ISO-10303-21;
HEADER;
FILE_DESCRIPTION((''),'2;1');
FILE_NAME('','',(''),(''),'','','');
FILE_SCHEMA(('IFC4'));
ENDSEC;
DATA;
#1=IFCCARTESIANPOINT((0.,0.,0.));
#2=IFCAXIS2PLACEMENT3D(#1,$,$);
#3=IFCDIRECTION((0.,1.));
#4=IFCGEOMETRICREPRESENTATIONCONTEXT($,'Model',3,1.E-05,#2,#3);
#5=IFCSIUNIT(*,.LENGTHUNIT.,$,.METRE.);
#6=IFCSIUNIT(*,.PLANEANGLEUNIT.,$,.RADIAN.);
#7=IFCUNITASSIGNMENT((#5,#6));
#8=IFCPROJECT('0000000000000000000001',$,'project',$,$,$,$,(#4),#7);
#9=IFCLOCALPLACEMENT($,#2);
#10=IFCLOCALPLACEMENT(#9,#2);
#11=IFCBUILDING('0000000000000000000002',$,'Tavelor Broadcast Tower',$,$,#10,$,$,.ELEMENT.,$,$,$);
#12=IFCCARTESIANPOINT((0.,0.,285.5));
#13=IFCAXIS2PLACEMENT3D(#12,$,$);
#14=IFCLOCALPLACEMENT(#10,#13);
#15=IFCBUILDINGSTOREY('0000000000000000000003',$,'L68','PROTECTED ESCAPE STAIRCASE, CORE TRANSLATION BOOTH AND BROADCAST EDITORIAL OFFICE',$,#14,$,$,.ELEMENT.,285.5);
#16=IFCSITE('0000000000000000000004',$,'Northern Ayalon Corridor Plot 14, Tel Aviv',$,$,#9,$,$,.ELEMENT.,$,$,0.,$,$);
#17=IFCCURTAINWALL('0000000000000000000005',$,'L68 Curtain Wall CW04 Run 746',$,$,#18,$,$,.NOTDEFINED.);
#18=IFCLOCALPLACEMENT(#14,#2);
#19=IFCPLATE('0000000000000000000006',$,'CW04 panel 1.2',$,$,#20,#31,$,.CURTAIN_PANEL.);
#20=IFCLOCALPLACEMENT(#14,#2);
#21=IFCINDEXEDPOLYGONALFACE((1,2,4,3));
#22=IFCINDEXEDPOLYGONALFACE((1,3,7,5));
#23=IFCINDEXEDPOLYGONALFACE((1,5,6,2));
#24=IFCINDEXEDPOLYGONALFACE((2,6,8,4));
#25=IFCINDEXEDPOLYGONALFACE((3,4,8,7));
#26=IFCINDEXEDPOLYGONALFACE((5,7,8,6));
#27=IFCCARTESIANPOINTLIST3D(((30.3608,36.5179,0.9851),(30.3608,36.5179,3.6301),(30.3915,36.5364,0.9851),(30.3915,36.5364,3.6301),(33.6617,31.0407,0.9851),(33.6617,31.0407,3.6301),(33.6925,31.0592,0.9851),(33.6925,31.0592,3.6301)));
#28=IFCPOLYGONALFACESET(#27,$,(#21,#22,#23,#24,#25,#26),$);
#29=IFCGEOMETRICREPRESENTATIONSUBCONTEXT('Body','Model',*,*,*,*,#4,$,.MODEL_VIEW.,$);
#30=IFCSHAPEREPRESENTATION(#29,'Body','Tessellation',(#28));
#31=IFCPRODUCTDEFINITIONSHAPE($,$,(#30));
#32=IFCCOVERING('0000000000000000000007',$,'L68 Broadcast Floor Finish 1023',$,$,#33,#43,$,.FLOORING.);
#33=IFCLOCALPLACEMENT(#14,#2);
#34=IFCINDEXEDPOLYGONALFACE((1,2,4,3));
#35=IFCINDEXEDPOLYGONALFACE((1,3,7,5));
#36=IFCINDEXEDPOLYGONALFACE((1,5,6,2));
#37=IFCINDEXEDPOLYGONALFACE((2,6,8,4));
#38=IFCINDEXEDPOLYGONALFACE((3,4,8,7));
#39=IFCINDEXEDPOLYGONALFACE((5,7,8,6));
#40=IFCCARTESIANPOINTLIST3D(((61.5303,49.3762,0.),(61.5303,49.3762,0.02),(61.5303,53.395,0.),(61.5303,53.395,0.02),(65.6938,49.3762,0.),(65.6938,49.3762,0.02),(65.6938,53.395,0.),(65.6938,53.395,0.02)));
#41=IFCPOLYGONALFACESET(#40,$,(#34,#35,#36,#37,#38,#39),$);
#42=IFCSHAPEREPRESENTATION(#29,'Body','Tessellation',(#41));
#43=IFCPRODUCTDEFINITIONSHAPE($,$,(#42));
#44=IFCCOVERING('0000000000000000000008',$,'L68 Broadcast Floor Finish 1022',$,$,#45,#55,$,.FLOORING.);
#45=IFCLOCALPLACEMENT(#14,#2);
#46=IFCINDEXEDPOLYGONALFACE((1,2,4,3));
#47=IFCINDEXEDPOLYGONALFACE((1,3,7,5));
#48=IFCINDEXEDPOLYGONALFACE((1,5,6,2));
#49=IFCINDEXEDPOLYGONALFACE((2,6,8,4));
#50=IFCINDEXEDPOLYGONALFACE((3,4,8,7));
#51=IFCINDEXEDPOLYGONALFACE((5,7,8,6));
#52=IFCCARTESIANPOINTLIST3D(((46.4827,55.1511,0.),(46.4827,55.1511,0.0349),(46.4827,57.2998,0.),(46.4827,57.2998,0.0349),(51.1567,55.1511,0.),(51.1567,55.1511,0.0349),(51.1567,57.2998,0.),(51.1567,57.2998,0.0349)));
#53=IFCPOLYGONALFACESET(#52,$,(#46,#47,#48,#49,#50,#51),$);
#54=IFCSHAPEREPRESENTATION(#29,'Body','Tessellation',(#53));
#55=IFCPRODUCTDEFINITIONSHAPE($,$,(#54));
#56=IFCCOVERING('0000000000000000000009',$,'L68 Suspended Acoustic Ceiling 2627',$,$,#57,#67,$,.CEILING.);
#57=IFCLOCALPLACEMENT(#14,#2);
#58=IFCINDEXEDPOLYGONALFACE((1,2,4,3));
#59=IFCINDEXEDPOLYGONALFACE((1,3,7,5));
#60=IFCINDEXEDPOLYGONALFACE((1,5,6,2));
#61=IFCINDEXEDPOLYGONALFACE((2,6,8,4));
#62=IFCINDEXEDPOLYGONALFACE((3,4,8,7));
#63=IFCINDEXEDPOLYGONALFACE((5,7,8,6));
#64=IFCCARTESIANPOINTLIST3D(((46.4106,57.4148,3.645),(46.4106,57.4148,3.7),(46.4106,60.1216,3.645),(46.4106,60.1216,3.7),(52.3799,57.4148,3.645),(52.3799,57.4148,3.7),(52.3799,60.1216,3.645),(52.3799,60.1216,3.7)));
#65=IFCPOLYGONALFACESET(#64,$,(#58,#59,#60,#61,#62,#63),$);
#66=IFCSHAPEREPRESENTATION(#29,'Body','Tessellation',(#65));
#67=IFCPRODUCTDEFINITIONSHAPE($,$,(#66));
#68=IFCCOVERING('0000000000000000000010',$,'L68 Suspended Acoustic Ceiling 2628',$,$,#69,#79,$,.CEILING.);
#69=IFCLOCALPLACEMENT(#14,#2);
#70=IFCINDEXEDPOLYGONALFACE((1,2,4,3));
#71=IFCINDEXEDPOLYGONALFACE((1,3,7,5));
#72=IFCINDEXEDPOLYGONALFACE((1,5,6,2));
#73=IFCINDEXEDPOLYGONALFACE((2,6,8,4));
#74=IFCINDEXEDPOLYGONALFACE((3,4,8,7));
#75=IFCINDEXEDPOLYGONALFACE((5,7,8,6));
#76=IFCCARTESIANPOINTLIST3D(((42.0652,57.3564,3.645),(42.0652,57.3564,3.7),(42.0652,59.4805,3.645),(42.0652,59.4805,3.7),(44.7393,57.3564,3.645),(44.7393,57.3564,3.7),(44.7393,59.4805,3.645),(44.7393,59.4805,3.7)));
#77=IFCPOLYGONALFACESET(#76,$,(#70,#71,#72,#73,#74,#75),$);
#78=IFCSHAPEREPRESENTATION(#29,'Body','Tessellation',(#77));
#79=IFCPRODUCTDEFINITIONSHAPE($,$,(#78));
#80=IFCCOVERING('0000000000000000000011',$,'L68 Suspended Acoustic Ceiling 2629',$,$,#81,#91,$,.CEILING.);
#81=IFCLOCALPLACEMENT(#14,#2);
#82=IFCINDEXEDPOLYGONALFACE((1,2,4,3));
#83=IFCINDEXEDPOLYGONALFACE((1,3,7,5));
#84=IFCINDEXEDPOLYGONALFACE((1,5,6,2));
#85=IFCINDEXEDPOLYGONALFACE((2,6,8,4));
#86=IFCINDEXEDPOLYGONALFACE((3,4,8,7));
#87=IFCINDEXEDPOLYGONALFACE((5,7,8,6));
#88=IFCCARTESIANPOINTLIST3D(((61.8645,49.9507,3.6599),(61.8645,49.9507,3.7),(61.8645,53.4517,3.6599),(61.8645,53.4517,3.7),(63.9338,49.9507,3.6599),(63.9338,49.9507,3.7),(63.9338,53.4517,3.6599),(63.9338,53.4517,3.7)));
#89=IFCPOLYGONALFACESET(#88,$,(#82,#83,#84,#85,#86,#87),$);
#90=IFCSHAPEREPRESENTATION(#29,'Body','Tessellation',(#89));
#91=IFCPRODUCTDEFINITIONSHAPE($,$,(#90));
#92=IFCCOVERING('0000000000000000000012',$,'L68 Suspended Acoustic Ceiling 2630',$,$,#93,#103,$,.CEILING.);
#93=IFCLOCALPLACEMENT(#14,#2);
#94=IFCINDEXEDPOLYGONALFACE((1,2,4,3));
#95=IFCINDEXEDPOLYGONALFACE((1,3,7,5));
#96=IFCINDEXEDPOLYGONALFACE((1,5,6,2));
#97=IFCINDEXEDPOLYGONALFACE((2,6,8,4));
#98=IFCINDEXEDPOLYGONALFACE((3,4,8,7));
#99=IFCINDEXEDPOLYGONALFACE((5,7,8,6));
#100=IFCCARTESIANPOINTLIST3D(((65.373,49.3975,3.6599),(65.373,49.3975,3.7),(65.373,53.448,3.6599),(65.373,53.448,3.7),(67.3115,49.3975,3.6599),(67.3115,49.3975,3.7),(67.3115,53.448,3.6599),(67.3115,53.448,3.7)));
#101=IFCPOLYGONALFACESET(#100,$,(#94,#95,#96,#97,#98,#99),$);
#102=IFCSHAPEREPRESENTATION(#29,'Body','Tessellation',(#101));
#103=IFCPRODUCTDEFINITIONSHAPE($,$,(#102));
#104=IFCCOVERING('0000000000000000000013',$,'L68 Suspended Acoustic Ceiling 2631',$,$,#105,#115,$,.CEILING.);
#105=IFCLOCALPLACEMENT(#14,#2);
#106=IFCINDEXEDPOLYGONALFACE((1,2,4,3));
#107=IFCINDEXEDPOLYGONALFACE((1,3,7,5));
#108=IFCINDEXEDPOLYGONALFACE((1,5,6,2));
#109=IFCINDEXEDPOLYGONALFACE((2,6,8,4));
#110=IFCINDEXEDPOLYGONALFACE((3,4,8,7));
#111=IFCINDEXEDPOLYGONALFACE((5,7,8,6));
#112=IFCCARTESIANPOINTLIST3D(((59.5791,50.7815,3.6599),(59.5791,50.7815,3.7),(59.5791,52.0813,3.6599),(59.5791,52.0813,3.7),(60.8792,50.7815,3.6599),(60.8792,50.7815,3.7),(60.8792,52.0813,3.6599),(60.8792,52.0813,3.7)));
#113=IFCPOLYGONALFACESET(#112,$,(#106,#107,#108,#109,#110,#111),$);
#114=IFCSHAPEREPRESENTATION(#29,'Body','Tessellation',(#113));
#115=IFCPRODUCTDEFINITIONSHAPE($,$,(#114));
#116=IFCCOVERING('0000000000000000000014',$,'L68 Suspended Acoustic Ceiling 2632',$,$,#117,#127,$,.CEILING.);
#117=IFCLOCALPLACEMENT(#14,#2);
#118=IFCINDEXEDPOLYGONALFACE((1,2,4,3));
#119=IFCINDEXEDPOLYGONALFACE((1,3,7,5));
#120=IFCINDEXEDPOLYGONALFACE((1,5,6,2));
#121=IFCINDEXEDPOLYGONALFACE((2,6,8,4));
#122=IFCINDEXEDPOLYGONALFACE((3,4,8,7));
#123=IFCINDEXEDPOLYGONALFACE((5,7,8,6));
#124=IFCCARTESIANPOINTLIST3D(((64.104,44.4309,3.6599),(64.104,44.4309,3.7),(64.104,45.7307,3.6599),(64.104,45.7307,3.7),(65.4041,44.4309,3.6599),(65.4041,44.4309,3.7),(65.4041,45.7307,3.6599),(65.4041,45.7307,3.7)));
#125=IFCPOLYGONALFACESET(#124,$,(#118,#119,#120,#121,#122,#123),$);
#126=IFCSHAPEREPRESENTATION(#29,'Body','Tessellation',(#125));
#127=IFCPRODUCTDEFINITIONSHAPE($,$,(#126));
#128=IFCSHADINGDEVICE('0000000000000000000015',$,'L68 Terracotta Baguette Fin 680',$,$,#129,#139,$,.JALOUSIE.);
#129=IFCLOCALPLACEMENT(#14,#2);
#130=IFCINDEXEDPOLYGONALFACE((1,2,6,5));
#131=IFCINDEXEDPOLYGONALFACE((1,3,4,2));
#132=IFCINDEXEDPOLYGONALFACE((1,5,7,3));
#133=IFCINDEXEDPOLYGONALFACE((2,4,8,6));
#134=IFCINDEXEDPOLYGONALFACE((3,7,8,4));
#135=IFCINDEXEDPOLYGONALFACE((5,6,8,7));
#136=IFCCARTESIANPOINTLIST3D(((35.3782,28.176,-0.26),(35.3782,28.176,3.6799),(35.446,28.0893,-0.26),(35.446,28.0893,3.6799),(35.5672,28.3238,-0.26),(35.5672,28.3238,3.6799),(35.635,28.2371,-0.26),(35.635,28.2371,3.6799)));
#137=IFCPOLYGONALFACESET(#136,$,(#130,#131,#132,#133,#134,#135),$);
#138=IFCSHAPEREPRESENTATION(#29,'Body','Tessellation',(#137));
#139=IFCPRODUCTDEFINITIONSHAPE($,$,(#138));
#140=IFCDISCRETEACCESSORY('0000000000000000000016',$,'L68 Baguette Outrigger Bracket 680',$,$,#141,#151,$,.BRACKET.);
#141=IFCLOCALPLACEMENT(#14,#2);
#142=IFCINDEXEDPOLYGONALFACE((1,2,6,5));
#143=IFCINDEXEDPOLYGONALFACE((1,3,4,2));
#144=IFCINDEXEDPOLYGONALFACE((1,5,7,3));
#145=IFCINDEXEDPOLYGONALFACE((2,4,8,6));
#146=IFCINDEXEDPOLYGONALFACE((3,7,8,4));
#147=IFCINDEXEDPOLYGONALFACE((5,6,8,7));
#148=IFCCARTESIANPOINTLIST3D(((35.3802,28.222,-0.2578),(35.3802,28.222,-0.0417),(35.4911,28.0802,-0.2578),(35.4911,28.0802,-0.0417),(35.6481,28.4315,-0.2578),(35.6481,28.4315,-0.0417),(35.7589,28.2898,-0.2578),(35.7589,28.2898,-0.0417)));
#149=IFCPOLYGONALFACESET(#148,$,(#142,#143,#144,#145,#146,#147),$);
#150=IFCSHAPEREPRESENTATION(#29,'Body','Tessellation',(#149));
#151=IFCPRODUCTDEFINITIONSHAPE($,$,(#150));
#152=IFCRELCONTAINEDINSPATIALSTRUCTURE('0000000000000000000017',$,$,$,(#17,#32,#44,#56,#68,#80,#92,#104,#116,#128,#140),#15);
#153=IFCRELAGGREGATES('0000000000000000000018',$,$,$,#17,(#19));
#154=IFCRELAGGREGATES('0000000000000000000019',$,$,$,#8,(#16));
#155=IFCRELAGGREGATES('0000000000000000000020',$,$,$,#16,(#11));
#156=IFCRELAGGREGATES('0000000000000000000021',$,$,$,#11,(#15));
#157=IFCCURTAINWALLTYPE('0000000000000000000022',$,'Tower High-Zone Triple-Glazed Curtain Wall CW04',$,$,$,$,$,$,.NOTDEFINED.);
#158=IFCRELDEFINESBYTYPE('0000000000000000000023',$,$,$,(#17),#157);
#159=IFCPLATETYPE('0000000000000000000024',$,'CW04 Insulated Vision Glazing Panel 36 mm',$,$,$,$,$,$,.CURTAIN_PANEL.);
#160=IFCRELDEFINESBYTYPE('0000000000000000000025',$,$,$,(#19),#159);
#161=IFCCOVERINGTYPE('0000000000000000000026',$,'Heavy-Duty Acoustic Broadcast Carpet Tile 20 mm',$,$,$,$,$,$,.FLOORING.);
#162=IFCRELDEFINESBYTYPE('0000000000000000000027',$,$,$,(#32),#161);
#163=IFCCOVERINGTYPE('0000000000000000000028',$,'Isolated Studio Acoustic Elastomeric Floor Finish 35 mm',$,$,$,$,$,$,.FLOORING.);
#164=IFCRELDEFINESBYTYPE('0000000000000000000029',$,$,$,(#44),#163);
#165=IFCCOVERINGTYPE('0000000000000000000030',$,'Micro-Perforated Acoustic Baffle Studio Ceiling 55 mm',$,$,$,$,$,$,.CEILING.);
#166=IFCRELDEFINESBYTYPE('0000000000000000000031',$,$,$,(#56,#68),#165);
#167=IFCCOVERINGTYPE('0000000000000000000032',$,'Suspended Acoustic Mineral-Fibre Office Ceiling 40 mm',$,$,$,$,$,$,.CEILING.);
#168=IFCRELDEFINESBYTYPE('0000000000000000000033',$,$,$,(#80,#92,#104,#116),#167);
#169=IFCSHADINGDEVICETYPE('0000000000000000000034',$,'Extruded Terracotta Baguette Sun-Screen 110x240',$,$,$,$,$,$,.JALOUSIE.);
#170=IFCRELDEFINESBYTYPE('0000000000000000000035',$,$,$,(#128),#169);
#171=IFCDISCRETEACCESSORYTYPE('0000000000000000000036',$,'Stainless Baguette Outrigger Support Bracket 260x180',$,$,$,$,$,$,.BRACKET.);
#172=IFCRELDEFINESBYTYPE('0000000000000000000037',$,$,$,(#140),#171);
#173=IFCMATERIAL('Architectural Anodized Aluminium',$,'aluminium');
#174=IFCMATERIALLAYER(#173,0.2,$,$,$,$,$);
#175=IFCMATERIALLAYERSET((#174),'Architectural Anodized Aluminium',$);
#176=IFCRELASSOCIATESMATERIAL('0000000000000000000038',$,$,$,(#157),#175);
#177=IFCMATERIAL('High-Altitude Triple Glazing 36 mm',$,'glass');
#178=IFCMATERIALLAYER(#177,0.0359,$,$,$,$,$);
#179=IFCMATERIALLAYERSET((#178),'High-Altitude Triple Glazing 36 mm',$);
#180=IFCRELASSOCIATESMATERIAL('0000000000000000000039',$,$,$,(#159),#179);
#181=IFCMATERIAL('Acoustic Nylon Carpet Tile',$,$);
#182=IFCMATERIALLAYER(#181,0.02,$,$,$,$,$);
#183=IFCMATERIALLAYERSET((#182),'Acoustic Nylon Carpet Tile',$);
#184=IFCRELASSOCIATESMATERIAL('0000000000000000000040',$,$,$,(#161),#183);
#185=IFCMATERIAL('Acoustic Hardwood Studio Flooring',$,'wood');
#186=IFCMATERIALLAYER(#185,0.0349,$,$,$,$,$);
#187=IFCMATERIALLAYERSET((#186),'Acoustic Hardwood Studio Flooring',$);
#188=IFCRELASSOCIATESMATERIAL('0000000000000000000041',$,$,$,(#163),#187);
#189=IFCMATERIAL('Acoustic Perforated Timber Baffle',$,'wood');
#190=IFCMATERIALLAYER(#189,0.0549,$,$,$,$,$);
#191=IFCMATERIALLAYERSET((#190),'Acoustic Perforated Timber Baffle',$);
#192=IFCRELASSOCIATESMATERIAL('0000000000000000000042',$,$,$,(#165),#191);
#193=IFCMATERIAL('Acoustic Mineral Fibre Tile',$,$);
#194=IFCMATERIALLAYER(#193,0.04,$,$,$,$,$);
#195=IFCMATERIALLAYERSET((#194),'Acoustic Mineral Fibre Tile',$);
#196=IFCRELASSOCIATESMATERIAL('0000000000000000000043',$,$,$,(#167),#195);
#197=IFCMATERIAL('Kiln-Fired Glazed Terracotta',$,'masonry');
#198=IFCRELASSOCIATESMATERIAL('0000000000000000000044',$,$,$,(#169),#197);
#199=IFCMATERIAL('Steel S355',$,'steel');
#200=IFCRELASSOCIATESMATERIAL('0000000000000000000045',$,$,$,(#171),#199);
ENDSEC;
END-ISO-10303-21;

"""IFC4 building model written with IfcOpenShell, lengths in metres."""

from ifc_helpers import new_model, si_unit, direction, frame, origin, origin_2d, place, context, subcontext, project, spatial, polyline, rectangle, outline, extrude, source, transform, mapped, material, layer, layer_set, type_object, type_shapes, element, aggregate, save


model = new_model("IFC4")

# Units and contexts
model_context = context("Model", 3, precision=1e-05, world=origin(), true_north=direction((0.0, 1.0)))
body_context = subcontext(model_context, "Body", "Model", "MODEL_VIEW")
ifc_project = project(units=[si_unit("LENGTHUNIT", "METRE"), si_unit("PLANEANGLEUNIT", "RADIAN")], contexts=[model_context])

# Site, building, storey
site_placement = place(None, origin())
site = spatial("IfcSite", under=ifc_project, at=site_placement, Name="Northern Ayalon Corridor Plot 14, Tel Aviv", CompositionType="ELEMENT", RefElevation=0.0)
building_placement = place(site_placement, origin())
building = spatial("IfcBuilding", under=site, at=building_placement, Name="Tavelor Broadcast Tower", CompositionType="ELEMENT")
storey_placement = place(building_placement, frame((0.0, 0.0, 285.5)))
storey = spatial("IfcBuildingStorey", under=building, at=storey_placement, Name="L68", Description="PROTECTED ESCAPE STAIRCASE, CORE TRANSLATION BOOTH AND BROADCAST EDITORIAL OFFICE", CompositionType="ELEMENT", Elevation=285.5)

# Shared definitions
ifc_material_1 = material(Name="Architectural Anodized Aluminium", Category="aluminium")
ifc_layer_1 = layer(ifc_material_1, 0.2)
ifc_layer_set_1 = layer_set([ifc_layer_1], Name="Architectural Anodized Aluminium")
curtain_wall_type = type_object("IfcCurtainWallType", Name="Tower High-Zone Triple-Glazed Curtain Wall CW04", PredefinedType="NOTDEFINED", material=ifc_layer_set_1)

# Curtain wall
curtain_wall_1_placement = place(storey_placement, origin())
curtain_wall_1 = element("IfcCurtainWall", 1, at=curtain_wall_1_placement, inside=storey, type_object=curtain_wall_type, Name="L68 Curtain Wall CW04 Run 746", PredefinedType="NOTDEFINED")

# Plate
ifc_material_2 = material(Name="High-Altitude Triple Glazing 36 mm", Category="glass")
ifc_layer_2 = layer(ifc_material_2, 0.0359)
ifc_layer_set_2 = layer_set([ifc_layer_2], Name="High-Altitude Triple Glazing 36 mm")
plate_type = type_object("IfcPlateType", Name="CW04 Insulated Vision Glazing Panel 36 mm", PredefinedType="CURTAIN_PANEL", material=ifc_layer_set_2)
shared_shape_1 = source(origin(), body_context, "Body", "SweptSolid", [
    extrude(rectangle(XDim=6.395, YDim=0.0359, at=origin_2d()), origin(), (0.0, 0.0, 1.0), 2.645),
])
plate_1_placement = place(storey_placement, frame((32.0266, 33.7886, 0.9851), z_axis=(0.0, 0.0, 1.0), x_axis=(0.516176, -0.856483, 0.0)))
plate_1 = element("IfcPlate", 2, at=plate_1_placement, type_object=plate_type, Name="CW04 panel 1.2", PredefinedType="CURTAIN_PANEL", context=body_context, shape_type="MappedRepresentation", body=[
    mapped(shared_shape_1, transform((0.0, 0.0, 0.0), scale=1.0)),
])
aggregate(curtain_wall_1, [plate_1])

# Coverings
ifc_material_3 = material(Name="Acoustic Nylon Carpet Tile")
ifc_layer_3 = layer(ifc_material_3, 0.02)
ifc_layer_set_3 = layer_set([ifc_layer_3], Name="Acoustic Nylon Carpet Tile")
covering_type_1 = type_object("IfcCoveringType", Name="Heavy-Duty Acoustic Broadcast Carpet Tile 20 mm", PredefinedType="FLOORING", material=ifc_layer_set_3)
covering_1_placement = place(storey_placement, origin())
element("IfcCovering", 3, at=covering_1_placement, inside=storey, type_object=covering_type_1, Name="L68 Broadcast Floor Finish 1023", PredefinedType="FLOORING", context=body_context, shape_type="SweptSolid", body=[
    extrude(outline(polyline([(61.5303, 49.3762), (65.6938, 49.3762), (65.6938, 53.395), (61.5303, 53.395), (61.5303, 49.3762)])), origin(), (0.0, 0.0, 1.0), 0.02),
])
ifc_material_4 = material(Name="Acoustic Hardwood Studio Flooring", Category="wood")
ifc_layer_4 = layer(ifc_material_4, 0.0349)
ifc_layer_set_4 = layer_set([ifc_layer_4], Name="Acoustic Hardwood Studio Flooring")
covering_type_2 = type_object("IfcCoveringType", Name="Isolated Studio Acoustic Elastomeric Floor Finish 35 mm", PredefinedType="FLOORING", material=ifc_layer_set_4)
covering_2_placement = place(storey_placement, origin())
element("IfcCovering", 4, at=covering_2_placement, inside=storey, type_object=covering_type_2, Name="L68 Broadcast Floor Finish 1022", PredefinedType="FLOORING", context=body_context, shape_type="SweptSolid", body=[
    extrude(outline(polyline([(46.4827, 55.1511), (51.1567, 55.1511), (51.1567, 57.2998), (46.4827, 57.2998), (46.4827, 55.1511)])), origin(), (0.0, 0.0, 1.0), 0.0349),
])
ifc_material_5 = material(Name="Acoustic Perforated Timber Baffle", Category="wood")
ifc_layer_5 = layer(ifc_material_5, 0.0549)
ifc_layer_set_5 = layer_set([ifc_layer_5], Name="Acoustic Perforated Timber Baffle")
covering_type_3 = type_object("IfcCoveringType", Name="Micro-Perforated Acoustic Baffle Studio Ceiling 55 mm", PredefinedType="CEILING", material=ifc_layer_set_5)
covering_3_placement = place(storey_placement, frame((0.0, 0.0, 3.645)))
element("IfcCovering", 5, at=covering_3_placement, inside=storey, type_object=covering_type_3, Name="L68 Suspended Acoustic Ceiling 2627", PredefinedType="CEILING", context=body_context, shape_type="SweptSolid", body=[
    extrude(outline(polyline([(46.4106, 57.4148), (52.3799, 57.4148), (52.3799, 60.1216), (46.4106, 60.1216), (46.4106, 57.4148)])), origin(), (0.0, 0.0, 1.0), 0.0549),
])
covering_4_placement = place(storey_placement, frame((0.0, 0.0, 3.645)))
element("IfcCovering", 6, at=covering_4_placement, inside=storey, type_object=covering_type_3, Name="L68 Suspended Acoustic Ceiling 2628", PredefinedType="CEILING", context=body_context, shape_type="SweptSolid", body=[
    extrude(outline(polyline([(42.0652, 57.3564), (44.7393, 57.3564), (44.7393, 59.4805), (42.0652, 59.4805), (42.0652, 57.3564)])), origin(), (0.0, 0.0, 1.0), 0.0549),
])
ifc_material_6 = material(Name="Acoustic Mineral Fibre Tile")
ifc_layer_6 = layer(ifc_material_6, 0.04)
ifc_layer_set_6 = layer_set([ifc_layer_6], Name="Acoustic Mineral Fibre Tile")
covering_type_4 = type_object("IfcCoveringType", Name="Suspended Acoustic Mineral-Fibre Office Ceiling 40 mm", PredefinedType="CEILING", material=ifc_layer_set_6)
covering_5_placement = place(storey_placement, frame((0.0, 0.0, 3.6599)))
element("IfcCovering", 7, at=covering_5_placement, inside=storey, type_object=covering_type_4, Name="L68 Suspended Acoustic Ceiling 2629", PredefinedType="CEILING", context=body_context, shape_type="SweptSolid", body=[
    extrude(outline(polyline([(61.8645, 49.9507), (63.9338, 49.9507), (63.9338, 53.4517), (61.8645, 53.4517), (61.8645, 49.9507)])), origin(), (0.0, 0.0, 1.0), 0.04),
])
covering_6_placement = place(storey_placement, frame((0.0, 0.0, 3.6599)))
element("IfcCovering", 8, at=covering_6_placement, inside=storey, type_object=covering_type_4, Name="L68 Suspended Acoustic Ceiling 2630", PredefinedType="CEILING", context=body_context, shape_type="SweptSolid", body=[
    extrude(outline(polyline([(65.373, 49.3975), (67.3115, 49.3975), (67.3115, 53.448), (65.373, 53.448), (65.373, 49.3975)])), origin(), (0.0, 0.0, 1.0), 0.04),
])
covering_7_placement = place(storey_placement, frame((0.0, 0.0, 3.6599)))
element("IfcCovering", 9, at=covering_7_placement, inside=storey, type_object=covering_type_4, Name="L68 Suspended Acoustic Ceiling 2631", PredefinedType="CEILING", context=body_context, shape_type="SweptSolid", body=[
    extrude(outline(polyline([(59.5791, 50.7815), (60.8792, 50.7815), (60.8792, 52.0813), (59.5791, 52.0813), (59.5791, 50.7815)])), origin(), (0.0, 0.0, 1.0), 0.04),
])
covering_8_placement = place(storey_placement, frame((0.0, 0.0, 3.6599)))
element("IfcCovering", 10, at=covering_8_placement, inside=storey, type_object=covering_type_4, Name="L68 Suspended Acoustic Ceiling 2632", PredefinedType="CEILING", context=body_context, shape_type="SweptSolid", body=[
    extrude(outline(polyline([(64.104, 44.4309), (65.4041, 44.4309), (65.4041, 45.7307), (64.104, 45.7307), (64.104, 44.4309)])), origin(), (0.0, 0.0, 1.0), 0.04),
])

# Shading device
ifc_material_7 = material(Name="Kiln-Fired Glazed Terracotta", Category="masonry")
shading_device_type = type_object("IfcShadingDeviceType", Name="Extruded Terracotta Baguette Sun-Screen 110x240", PredefinedType="JALOUSIE", material=ifc_material_7)
shared_shape_2 = source(origin(), body_context, "Body", "SweptSolid", [
    extrude(rectangle(XDim=0.1101, YDim=0.24, at=origin_2d()), origin(), (0.0, 0.0, 1.0), 3.9399),
])
type_shapes(shading_device_type, [shared_shape_2])
shading_device_placement = place(storey_placement, frame((35.5066, 28.2065, -0.26), z_axis=(0.0, 0.0, 1.0), x_axis=(0.616074, -0.787688, 0.0)))
element("IfcShadingDevice", 11, at=shading_device_placement, inside=storey, type_object=shading_device_type, Name="L68 Terracotta Baguette Fin 680", PredefinedType="JALOUSIE", context=body_context, shape_type="MappedRepresentation", body=[
    mapped(shared_shape_2, transform((0.0, 0.0, 0.0), scale=1.0)),
])

# Discrete accessory
ifc_material_8 = material(Name="Steel S355", Category="steel")
discrete_accessory_type = type_object("IfcDiscreteAccessoryType", Name="Stainless Baguette Outrigger Support Bracket 260x180", PredefinedType="BRACKET", material=ifc_material_8)
shared_shape_3 = source(origin(), body_context, "Body", "SweptSolid", [
    extrude(rectangle(XDim=0.1799, YDim=0.3401, at=origin_2d()), origin(), (0.0, 0.0, 1.0), 0.2161),
])
type_shapes(discrete_accessory_type, [shared_shape_3])
discrete_accessory_placement = place(storey_placement, frame((35.5696, 28.2559, -0.2578), z_axis=(0.0, 0.0, 1.0), x_axis=(0.616074, -0.787688, 0.0)))
element("IfcDiscreteAccessory", 12, at=discrete_accessory_placement, inside=storey, type_object=discrete_accessory_type, Name="L68 Baguette Outrigger Bracket 680", PredefinedType="BRACKET", context=body_context, shape_type="MappedRepresentation", body=[
    mapped(shared_shape_3, transform((0.0, 0.0, 0.0), scale=1.0)),
])

save(model, "model.ifc")
